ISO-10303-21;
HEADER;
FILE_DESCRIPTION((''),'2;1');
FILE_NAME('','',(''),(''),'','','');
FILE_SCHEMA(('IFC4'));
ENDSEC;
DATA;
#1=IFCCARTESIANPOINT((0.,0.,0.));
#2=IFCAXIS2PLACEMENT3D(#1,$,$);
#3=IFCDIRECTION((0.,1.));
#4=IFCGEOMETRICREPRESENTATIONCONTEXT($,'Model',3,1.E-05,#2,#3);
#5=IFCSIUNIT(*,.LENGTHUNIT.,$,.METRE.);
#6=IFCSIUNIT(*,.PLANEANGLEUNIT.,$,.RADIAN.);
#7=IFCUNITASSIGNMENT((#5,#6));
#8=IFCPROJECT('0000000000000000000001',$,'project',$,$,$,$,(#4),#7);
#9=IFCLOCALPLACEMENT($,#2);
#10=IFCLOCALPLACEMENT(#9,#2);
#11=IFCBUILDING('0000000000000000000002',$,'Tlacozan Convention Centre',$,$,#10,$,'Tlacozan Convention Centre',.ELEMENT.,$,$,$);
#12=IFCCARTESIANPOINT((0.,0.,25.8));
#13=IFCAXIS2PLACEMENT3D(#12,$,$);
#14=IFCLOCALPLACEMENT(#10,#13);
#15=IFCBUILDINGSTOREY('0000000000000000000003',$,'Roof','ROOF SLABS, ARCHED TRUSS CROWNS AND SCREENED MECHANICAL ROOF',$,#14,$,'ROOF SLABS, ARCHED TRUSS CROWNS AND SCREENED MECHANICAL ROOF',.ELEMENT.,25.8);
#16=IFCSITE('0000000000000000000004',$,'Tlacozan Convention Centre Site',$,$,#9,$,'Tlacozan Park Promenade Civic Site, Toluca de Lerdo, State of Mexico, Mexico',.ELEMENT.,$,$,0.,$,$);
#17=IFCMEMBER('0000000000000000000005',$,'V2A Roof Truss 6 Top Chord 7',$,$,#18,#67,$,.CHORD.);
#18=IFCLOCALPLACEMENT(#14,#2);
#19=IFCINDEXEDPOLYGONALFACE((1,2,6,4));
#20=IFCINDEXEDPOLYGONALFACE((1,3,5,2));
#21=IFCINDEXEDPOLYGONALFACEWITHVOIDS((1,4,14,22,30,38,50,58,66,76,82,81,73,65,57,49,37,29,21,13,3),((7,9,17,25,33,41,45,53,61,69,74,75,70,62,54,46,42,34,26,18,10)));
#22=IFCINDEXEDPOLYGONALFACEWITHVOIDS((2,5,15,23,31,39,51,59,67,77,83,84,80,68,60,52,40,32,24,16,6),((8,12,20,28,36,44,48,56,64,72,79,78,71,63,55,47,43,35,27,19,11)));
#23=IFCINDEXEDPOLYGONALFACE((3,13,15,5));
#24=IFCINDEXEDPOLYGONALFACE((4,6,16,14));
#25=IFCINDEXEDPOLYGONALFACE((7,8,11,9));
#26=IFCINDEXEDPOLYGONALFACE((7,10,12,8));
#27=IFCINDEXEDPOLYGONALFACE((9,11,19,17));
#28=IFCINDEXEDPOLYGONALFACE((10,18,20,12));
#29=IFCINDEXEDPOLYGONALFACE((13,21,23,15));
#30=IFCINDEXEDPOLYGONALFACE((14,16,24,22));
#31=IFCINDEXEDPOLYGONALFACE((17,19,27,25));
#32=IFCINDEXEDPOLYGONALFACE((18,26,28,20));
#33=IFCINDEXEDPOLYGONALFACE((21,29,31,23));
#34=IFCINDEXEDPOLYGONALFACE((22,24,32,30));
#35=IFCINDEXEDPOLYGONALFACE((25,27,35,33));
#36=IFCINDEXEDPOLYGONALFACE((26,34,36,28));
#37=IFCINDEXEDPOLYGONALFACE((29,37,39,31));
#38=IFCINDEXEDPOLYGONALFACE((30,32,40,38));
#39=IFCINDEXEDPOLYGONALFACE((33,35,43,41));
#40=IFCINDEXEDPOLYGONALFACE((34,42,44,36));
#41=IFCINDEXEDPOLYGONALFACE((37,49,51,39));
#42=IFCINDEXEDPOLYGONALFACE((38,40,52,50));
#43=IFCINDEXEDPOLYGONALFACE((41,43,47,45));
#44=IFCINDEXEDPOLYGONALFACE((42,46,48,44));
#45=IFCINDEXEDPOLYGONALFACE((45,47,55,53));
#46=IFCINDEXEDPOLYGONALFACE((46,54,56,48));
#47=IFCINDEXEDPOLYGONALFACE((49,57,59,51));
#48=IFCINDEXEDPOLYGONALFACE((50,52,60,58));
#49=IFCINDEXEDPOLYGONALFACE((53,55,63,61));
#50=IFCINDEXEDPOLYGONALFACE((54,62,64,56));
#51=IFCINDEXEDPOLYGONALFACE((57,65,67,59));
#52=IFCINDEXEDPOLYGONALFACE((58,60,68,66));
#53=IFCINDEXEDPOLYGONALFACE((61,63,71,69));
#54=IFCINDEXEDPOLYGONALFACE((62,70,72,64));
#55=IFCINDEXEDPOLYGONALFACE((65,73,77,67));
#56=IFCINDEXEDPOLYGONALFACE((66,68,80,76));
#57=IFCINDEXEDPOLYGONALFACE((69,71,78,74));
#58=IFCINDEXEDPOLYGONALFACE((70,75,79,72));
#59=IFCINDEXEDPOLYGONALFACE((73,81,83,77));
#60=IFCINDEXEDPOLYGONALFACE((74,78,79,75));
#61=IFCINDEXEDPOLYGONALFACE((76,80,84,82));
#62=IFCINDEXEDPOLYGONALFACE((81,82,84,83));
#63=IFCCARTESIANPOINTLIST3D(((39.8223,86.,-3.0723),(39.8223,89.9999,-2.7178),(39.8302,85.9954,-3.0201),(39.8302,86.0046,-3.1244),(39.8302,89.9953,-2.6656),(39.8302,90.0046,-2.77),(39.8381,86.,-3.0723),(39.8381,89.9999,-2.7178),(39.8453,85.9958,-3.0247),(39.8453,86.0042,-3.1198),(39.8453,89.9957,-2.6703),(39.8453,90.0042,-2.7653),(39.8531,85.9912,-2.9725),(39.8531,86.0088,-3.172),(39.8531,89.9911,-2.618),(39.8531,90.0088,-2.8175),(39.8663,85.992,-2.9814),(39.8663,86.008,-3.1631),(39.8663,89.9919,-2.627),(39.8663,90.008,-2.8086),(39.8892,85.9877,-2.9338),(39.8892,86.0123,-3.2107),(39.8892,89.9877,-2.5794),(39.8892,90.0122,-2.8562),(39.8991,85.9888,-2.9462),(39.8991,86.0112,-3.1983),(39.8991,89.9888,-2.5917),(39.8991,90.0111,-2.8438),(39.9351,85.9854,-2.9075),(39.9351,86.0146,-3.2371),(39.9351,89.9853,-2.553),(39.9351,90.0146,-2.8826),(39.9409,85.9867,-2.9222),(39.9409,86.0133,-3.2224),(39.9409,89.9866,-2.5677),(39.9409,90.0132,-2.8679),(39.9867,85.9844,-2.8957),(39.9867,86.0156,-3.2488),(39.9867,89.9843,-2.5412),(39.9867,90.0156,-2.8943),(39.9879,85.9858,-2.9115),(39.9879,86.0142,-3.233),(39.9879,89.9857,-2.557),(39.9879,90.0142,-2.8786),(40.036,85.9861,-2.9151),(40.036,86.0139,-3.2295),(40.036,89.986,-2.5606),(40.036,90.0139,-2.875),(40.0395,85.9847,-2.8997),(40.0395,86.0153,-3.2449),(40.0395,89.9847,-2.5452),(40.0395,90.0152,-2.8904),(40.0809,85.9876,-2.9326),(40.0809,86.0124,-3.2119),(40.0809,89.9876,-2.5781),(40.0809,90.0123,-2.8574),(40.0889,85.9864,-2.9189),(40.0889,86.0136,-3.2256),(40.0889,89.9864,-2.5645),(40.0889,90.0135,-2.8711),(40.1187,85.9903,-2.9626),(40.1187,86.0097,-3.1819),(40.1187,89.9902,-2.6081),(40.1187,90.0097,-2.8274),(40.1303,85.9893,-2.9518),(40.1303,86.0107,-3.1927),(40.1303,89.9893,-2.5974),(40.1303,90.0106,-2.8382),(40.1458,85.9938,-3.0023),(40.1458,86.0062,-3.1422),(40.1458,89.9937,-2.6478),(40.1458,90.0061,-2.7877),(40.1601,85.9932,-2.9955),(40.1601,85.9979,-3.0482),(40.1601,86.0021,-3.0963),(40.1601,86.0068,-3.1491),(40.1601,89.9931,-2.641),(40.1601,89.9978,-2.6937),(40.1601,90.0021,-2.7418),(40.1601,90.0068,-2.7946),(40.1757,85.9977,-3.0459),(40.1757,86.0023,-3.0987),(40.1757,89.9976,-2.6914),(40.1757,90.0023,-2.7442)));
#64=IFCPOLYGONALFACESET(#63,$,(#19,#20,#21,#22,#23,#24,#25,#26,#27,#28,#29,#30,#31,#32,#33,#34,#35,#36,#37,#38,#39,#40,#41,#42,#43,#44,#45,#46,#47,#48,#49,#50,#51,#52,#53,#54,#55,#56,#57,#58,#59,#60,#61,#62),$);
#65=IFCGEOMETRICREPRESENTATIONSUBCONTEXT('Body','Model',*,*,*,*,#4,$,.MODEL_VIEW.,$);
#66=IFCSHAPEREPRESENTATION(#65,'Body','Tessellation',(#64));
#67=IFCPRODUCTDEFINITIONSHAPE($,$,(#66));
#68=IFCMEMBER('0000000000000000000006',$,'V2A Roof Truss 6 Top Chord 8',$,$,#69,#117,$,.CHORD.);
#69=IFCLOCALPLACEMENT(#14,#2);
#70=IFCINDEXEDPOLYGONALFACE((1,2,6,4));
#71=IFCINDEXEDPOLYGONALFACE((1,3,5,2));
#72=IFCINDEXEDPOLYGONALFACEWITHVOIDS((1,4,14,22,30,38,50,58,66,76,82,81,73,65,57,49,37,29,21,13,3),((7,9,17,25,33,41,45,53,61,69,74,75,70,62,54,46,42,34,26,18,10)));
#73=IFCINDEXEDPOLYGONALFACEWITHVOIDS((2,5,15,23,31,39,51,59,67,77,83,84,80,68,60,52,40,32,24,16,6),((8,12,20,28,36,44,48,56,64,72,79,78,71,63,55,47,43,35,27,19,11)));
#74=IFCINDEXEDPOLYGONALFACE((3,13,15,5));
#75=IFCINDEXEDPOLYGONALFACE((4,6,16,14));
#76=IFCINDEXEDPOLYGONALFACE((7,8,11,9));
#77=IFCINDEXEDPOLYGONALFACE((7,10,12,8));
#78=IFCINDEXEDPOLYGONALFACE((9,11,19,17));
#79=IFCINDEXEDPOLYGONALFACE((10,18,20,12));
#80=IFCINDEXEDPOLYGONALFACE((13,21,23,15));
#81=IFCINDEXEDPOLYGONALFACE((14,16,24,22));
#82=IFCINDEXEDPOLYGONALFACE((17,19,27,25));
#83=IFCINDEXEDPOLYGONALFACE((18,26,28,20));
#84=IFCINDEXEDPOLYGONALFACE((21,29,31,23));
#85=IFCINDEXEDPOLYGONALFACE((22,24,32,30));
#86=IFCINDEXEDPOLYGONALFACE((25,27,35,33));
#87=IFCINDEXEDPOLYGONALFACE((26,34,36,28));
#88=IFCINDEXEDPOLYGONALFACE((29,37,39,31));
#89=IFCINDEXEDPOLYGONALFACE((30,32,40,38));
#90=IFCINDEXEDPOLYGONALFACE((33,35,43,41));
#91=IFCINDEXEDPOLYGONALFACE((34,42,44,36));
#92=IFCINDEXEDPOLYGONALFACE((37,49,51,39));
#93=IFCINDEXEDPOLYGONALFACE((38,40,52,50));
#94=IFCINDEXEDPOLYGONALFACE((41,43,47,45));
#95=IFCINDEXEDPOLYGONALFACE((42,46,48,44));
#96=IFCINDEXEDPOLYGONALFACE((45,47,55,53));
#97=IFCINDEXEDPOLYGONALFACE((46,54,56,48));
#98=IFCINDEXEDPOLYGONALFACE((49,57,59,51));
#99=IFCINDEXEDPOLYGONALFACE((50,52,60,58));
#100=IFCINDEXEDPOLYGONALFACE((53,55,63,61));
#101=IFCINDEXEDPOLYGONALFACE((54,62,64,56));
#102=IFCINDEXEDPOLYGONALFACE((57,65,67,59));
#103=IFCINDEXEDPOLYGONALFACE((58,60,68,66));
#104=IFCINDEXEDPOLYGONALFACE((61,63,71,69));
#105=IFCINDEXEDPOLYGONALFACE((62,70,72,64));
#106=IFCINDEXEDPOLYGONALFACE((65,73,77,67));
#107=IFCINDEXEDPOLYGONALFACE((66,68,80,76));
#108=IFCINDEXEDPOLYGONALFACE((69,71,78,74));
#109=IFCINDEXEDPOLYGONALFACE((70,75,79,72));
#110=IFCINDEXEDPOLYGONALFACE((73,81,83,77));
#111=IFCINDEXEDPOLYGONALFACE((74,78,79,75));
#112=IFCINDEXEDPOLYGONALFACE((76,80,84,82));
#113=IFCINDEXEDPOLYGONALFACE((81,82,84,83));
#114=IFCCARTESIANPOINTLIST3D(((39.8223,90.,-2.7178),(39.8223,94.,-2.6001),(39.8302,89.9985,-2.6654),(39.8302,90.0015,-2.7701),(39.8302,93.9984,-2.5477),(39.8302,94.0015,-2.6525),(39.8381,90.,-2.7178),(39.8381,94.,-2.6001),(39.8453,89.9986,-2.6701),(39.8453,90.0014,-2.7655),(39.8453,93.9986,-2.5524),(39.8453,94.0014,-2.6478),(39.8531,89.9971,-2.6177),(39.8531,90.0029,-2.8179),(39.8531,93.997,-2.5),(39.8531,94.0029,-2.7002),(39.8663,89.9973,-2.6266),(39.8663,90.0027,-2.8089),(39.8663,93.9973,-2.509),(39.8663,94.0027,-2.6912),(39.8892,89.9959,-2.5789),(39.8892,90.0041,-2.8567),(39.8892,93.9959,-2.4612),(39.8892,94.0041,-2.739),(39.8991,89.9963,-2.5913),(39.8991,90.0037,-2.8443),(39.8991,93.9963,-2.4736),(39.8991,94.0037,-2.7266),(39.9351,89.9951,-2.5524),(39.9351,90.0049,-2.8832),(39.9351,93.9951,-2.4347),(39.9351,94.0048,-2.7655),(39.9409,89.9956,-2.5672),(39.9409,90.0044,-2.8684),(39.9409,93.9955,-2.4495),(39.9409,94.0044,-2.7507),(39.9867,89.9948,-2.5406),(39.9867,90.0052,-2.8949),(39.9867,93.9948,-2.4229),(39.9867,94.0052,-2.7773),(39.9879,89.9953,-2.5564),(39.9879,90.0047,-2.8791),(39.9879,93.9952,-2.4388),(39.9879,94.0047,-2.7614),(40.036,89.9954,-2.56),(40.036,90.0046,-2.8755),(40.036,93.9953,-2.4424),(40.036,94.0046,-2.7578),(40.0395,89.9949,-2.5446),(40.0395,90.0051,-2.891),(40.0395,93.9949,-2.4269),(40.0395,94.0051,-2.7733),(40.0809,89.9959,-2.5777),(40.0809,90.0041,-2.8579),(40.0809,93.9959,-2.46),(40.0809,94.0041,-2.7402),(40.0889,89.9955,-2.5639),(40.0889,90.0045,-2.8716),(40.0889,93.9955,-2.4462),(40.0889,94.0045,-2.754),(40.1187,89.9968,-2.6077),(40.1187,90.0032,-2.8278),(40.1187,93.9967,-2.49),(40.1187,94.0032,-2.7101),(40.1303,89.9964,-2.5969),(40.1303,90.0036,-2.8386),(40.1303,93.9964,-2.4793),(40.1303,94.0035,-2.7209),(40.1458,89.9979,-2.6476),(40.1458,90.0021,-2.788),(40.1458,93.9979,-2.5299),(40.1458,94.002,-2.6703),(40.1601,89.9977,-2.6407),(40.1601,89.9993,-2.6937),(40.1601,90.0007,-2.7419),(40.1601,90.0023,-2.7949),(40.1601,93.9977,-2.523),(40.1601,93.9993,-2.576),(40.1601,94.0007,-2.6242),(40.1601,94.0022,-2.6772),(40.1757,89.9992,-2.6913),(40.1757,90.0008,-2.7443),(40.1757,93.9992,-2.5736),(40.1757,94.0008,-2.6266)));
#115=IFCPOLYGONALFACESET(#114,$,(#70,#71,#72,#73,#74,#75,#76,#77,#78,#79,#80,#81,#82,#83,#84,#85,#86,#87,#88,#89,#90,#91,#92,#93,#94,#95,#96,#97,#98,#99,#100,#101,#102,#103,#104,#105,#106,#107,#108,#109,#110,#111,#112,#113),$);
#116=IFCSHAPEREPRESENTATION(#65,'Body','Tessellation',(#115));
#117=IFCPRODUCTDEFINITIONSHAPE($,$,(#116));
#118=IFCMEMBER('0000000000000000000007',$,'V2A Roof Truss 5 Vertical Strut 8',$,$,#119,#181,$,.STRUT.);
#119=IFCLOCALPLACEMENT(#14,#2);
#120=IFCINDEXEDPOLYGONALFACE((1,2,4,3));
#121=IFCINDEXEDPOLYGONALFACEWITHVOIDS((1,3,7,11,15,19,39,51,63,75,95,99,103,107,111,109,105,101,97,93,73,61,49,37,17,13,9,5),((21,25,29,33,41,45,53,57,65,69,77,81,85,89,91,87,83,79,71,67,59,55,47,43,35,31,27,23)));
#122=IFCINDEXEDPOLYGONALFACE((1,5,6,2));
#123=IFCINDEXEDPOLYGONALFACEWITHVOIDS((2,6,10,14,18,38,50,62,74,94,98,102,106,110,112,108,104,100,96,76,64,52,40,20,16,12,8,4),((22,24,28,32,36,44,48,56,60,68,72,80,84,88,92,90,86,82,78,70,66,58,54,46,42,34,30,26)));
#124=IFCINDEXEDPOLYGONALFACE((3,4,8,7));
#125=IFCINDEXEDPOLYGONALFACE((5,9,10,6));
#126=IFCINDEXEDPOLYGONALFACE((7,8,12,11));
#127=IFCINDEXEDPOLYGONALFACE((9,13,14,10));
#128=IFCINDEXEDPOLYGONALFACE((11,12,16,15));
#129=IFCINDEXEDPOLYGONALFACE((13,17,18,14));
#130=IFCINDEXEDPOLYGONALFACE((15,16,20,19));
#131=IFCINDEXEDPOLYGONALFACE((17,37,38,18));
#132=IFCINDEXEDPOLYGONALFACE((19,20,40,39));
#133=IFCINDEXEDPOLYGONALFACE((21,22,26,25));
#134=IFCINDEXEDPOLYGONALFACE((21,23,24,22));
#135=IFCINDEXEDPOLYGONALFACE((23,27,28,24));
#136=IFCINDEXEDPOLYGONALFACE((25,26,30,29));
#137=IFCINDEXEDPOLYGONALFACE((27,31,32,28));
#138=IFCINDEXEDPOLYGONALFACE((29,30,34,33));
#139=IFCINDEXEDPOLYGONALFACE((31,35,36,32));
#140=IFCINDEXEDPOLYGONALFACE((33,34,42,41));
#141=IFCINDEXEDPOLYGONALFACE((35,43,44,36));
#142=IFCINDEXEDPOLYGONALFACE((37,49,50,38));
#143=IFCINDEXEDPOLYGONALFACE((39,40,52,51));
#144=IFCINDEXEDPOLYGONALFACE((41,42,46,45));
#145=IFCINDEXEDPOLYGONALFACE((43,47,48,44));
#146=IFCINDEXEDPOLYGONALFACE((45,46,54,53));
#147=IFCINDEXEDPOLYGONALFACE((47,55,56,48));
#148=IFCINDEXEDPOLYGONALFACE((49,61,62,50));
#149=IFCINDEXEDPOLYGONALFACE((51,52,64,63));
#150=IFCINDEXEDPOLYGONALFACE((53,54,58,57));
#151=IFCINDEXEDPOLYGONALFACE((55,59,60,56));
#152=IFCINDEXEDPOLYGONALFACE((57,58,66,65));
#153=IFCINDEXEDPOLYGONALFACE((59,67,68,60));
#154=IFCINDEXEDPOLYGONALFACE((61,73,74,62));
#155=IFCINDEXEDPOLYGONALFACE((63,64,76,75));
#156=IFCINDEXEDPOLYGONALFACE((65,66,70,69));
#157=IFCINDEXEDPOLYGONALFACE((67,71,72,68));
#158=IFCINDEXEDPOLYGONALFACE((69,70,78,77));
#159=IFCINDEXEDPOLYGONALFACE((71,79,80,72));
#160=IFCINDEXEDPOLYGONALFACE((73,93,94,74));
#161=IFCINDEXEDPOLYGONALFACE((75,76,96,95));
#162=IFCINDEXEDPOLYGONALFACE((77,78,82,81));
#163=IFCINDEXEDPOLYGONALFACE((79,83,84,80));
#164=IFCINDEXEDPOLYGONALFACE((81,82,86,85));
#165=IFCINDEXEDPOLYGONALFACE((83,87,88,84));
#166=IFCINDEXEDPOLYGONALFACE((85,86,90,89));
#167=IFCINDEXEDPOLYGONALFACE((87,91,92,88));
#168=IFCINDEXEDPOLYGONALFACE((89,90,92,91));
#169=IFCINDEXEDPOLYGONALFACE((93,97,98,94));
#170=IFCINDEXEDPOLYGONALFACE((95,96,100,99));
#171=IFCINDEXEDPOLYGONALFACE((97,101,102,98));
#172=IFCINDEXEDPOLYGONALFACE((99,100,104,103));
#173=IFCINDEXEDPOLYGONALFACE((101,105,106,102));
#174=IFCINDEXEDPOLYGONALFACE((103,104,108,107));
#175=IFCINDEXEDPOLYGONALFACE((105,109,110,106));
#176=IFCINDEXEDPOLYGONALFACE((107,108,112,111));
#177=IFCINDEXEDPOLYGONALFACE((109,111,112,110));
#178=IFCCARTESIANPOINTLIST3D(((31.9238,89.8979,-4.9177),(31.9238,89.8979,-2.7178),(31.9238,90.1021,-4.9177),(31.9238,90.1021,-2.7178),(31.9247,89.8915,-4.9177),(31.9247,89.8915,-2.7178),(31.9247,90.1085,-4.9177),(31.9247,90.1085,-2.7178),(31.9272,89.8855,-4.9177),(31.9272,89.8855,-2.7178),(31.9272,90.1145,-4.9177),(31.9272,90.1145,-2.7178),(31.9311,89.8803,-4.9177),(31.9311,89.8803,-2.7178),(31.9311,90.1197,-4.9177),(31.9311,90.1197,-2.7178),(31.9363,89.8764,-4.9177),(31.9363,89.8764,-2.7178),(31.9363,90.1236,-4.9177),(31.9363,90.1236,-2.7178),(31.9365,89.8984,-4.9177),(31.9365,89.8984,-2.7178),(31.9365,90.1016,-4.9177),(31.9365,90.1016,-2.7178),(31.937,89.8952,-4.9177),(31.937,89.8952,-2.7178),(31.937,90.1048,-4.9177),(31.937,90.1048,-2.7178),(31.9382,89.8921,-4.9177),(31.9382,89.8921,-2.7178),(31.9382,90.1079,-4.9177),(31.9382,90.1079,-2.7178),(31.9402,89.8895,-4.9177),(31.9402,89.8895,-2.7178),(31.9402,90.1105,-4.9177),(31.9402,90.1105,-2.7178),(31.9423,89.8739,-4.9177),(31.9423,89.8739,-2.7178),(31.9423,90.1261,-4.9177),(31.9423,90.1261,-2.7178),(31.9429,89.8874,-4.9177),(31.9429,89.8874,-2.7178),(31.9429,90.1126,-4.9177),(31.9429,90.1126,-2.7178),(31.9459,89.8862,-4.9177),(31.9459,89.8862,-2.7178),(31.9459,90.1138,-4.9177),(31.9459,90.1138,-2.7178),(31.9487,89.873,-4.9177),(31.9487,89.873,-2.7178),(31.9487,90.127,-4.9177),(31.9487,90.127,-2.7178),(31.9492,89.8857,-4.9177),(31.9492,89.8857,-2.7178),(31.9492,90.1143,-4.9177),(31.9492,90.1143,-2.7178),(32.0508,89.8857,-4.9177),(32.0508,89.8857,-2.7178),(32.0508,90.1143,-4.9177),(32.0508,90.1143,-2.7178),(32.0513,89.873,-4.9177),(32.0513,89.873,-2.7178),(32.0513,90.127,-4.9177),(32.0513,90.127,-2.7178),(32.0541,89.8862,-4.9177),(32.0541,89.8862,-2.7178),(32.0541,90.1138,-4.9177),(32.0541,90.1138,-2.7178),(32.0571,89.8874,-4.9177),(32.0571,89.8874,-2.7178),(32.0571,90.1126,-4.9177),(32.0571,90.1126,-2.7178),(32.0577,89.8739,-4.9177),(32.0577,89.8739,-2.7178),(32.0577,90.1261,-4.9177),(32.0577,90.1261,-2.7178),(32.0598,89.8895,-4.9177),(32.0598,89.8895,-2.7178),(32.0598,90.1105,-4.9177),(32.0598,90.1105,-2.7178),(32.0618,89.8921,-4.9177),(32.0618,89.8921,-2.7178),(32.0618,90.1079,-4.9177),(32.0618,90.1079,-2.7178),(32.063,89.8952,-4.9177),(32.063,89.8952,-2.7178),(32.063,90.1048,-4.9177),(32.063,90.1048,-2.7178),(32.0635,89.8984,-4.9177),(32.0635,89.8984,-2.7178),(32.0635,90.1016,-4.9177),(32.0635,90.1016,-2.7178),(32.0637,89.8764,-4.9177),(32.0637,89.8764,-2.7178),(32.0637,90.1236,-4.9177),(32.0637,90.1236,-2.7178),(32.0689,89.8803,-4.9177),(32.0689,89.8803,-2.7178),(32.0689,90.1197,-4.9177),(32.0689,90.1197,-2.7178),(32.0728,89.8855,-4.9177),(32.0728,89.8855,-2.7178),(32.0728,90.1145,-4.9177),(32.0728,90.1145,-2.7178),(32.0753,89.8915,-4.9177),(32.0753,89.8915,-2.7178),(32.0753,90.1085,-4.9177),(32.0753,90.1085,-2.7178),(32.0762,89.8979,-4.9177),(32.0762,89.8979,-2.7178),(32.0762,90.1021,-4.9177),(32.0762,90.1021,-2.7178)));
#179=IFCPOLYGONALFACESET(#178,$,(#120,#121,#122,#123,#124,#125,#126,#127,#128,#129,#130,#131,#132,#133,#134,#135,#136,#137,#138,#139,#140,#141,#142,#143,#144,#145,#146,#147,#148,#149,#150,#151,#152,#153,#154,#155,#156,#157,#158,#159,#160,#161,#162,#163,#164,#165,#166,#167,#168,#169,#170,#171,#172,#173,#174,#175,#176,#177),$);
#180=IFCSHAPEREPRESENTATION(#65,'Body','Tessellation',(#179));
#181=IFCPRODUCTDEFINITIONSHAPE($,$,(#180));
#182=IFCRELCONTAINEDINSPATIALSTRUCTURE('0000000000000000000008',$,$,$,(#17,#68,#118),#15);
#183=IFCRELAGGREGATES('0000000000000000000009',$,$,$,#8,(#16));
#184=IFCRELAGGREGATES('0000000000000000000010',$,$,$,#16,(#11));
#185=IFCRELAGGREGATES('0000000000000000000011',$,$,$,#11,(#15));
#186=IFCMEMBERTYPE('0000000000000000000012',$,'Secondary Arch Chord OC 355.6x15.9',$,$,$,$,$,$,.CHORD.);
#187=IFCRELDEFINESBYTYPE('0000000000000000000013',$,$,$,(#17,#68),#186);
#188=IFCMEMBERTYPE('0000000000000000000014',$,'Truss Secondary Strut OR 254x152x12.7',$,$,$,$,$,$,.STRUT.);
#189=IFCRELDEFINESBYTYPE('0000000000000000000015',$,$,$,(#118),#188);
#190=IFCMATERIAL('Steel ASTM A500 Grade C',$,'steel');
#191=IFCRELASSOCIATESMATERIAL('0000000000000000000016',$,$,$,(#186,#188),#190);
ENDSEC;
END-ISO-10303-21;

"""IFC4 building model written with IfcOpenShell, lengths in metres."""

from ifc_helpers import new_model, si_unit, direction, frame, origin, origin_2d, place, context, subcontext, project, spatial, hollow_rectangle, hollow_circle, extrude, material, material_profile, profile_set, type_object, element, save


model = new_model("IFC4")

# Units and contexts
model_context = context("Model", 3, precision=1e-05, world=origin(), true_north=direction((0.0, 1.0)))
body_context = subcontext(model_context, "Body", "Model", "MODEL_VIEW")
ifc_project = project(units=[si_unit("LENGTHUNIT", "METRE"), si_unit("PLANEANGLEUNIT", "RADIAN")], contexts=[model_context])

# Site, building, storey
site_placement = place(None, origin())
site = spatial("IfcSite", under=ifc_project, at=site_placement, Name="Tlacozan Convention Centre Site", LongName="Tlacozan Park Promenade Civic Site, Toluca de Lerdo, State of Mexico, Mexico", CompositionType="ELEMENT", RefElevation=0.0)
building_placement = place(site_placement, origin())
building = spatial("IfcBuilding", under=site, at=building_placement, Name="Tlacozan Convention Centre", LongName="Tlacozan Convention Centre", CompositionType="ELEMENT")
storey_placement = place(building_placement, frame((0.0, 0.0, 25.8)))
storey = spatial("IfcBuildingStorey", under=building, at=storey_placement, Name="Roof", Description="ROOF SLABS, ARCHED TRUSS CROWNS AND SCREENED MECHANICAL ROOF", LongName="ROOF SLABS, ARCHED TRUSS CROWNS AND SCREENED MECHANICAL ROOF", CompositionType="ELEMENT", Elevation=25.8)

# Members
ifc_material_1 = material(Name="Steel ASTM A500 Grade C", Category="steel")
ifc_material_profile_1 = material_profile(ifc_material_1, hollow_circle(Radius=0.1777, WallThickness=0.0159, at=origin_2d()), Name="OC 355.6x15.9")
ifc_profile_set_1 = profile_set([ifc_material_profile_1], Name="Steel ASTM A500 Grade C")
member_type_1 = type_object("IfcMemberType", Name="Secondary Arch Chord OC 355.6x15.9", PredefinedType="CHORD", material=ifc_profile_set_1)
member_1_placement = place(storey_placement, frame((40.0, 86.0, -3.0723), z_axis=(0.0, 0.996096, 0.088277), x_axis=(-1.0, 0.0, 0.0)))
element("IfcMember", 1, at=member_1_placement, inside=storey, type_object=member_type_1, Name="V2A Roof Truss 6 Top Chord 7", PredefinedType="CHORD", context=body_context, shape_type="SweptSolid", body=[
    extrude(hollow_circle(Radius=0.1777, WallThickness=0.0159, at=origin_2d()), origin(), (0.0, 0.0, 1.0), 4.0156),
])
member_2_placement = place(storey_placement, frame((40.0, 90.0, -2.7178), z_axis=(0.0, 0.999568, 0.029406), x_axis=(-1.0, 0.0, 0.0)))
element("IfcMember", 2, at=member_2_placement, inside=storey, type_object=member_type_1, Name="V2A Roof Truss 6 Top Chord 8", PredefinedType="CHORD", context=body_context, shape_type="SweptSolid", body=[
    extrude(hollow_circle(Radius=0.1777, WallThickness=0.0159, at=origin_2d()), origin(), (0.0, 0.0, 1.0), 4.0017),
])
ifc_material_profile_2 = material_profile(ifc_material_1, hollow_rectangle(XDim=0.1523, YDim=0.2539, WallThickness=0.0127, InnerFilletRadius=0.0127, OuterFilletRadius=0.0249, at=origin_2d()), Name="OR 254x152x12.7")
ifc_profile_set_2 = profile_set([ifc_material_profile_2], Name="Steel ASTM A500 Grade C")
member_type_2 = type_object("IfcMemberType", Name="Truss Secondary Strut OR 254x152x12.7", PredefinedType="STRUT", material=ifc_profile_set_2)
for number, where, z_axis, x_axis, name in (
    (3, (32.0, 90.0, -4.9177), (0.0, 0.0, 1.0), (1.0, 0.0, 0.0), "V2A Roof Truss 5 Vertical Strut 8"),
):
    element("IfcMember", number, at=place(storey_placement, frame(where, z_axis=z_axis, x_axis=x_axis)), inside=storey, type_object=member_type_2, Name=name, PredefinedType="STRUT", context=body_context, shape_type="SweptSolid", body=[
        extrude(hollow_rectangle(XDim=0.1523, YDim=0.2539, WallThickness=0.0127, InnerFilletRadius=0.0127, OuterFilletRadius=0.0249, at=origin_2d()), origin(), (0.0, 0.0, 1.0), 2.2),
    ])

save(model, "model.ifc")
